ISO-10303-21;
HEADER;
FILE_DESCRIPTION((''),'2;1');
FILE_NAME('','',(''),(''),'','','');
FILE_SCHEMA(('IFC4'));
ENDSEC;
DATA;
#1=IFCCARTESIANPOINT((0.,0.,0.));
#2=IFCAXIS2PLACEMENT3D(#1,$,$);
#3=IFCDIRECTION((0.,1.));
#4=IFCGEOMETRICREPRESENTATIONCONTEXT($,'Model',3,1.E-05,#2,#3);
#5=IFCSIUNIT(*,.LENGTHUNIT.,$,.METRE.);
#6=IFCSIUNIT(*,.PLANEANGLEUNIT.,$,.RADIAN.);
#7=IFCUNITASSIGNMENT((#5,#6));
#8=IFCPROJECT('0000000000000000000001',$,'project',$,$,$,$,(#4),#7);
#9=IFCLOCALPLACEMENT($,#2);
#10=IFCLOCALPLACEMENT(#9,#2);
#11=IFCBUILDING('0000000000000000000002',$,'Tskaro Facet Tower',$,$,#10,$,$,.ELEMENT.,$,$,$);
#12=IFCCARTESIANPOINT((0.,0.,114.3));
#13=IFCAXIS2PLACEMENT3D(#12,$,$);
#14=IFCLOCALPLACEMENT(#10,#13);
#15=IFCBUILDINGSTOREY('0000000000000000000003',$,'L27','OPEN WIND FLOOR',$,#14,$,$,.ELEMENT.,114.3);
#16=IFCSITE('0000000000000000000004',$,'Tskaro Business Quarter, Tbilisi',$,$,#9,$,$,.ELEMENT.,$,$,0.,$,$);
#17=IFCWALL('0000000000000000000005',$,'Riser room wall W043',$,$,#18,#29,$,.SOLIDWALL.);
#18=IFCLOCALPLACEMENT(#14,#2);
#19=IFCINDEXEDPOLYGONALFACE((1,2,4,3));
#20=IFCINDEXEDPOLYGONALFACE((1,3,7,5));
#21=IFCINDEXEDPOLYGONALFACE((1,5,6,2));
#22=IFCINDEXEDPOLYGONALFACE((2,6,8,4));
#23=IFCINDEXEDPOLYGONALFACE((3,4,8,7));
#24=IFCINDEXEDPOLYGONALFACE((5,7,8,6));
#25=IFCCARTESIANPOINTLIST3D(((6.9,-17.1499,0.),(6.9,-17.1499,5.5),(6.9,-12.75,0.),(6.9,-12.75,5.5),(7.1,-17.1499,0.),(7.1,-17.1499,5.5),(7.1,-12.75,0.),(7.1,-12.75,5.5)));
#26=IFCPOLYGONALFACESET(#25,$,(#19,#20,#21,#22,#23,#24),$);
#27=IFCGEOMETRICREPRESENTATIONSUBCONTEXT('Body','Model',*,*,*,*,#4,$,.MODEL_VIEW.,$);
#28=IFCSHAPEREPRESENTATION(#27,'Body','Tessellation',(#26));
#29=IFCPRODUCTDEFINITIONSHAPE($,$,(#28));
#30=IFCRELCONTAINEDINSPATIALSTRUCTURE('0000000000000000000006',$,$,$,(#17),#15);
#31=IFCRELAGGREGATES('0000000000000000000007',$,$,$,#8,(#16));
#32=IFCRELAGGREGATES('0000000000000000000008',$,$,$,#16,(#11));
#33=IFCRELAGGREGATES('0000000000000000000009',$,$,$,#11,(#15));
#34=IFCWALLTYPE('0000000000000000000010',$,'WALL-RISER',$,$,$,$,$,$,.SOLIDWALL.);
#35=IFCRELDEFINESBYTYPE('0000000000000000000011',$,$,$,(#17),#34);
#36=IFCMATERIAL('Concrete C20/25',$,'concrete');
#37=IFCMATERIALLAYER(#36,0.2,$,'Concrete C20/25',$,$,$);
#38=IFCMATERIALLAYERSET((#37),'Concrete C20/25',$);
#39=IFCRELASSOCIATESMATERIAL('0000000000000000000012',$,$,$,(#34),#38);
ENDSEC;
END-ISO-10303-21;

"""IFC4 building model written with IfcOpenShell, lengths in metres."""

from ifc_helpers import new_model, si_unit, direction, frame, frame_2d, origin, place, context, subcontext, project, spatial, rectangle, extrude, material, layer, layer_set, type_object, element, save


model = new_model("IFC4")

# Units and contexts
model_context = context("Model", 3, precision=1e-05, world=origin(), true_north=direction((0.0, 1.0)))
body_context = subcontext(model_context, "Body", "Model", "MODEL_VIEW")
ifc_project = project(units=[si_unit("LENGTHUNIT", "METRE"), si_unit("PLANEANGLEUNIT", "RADIAN")], contexts=[model_context])

# Site, building, storey
site_placement = place(None, origin())
site = spatial("IfcSite", under=ifc_project, at=site_placement, Name="Tskaro Business Quarter, Tbilisi", CompositionType="ELEMENT", RefElevation=0.0)
building_placement = place(site_placement, origin())
building = spatial("IfcBuilding", under=site, at=building_placement, Name="Tskaro Facet Tower", CompositionType="ELEMENT")
storey_placement = place(building_placement, frame((0.0, 0.0, 114.3)))
storey = spatial("IfcBuildingStorey", under=building, at=storey_placement, Name="L27", Description="OPEN WIND FLOOR", CompositionType="ELEMENT", Elevation=114.3)

# Shared definitions
ifc_material_1 = material(Name="Concrete C20/25", Category="concrete")
ifc_layer_1 = layer(ifc_material_1, 0.2, Name="Concrete C20/25")
ifc_layer_set_1 = layer_set([ifc_layer_1], Name="Concrete C20/25")
wall_type_1 = type_object("IfcWallType", Name="WALL-RISER", PredefinedType="SOLIDWALL", material=ifc_layer_set_1)

# Wall
wall_1_placement = place(storey_placement, frame((7.0, -17.1499, 0.0), z_axis=(0.0, 0.0, 1.0), x_axis=(0.0, 1.0, 0.0)))
element("IfcWall", 1, at=wall_1_placement, inside=storey, type_object=wall_type_1, Name="Riser room wall W043", PredefinedType="SOLIDWALL", context=body_context, shape_type="SweptSolid", body=[
    extrude(rectangle(XDim=4.3999, YDim=0.2, at=frame_2d((2.2, 0.0))), origin(), (0.0, 0.0, 1.0), 5.5),
])

save(model, "model.ifc")
